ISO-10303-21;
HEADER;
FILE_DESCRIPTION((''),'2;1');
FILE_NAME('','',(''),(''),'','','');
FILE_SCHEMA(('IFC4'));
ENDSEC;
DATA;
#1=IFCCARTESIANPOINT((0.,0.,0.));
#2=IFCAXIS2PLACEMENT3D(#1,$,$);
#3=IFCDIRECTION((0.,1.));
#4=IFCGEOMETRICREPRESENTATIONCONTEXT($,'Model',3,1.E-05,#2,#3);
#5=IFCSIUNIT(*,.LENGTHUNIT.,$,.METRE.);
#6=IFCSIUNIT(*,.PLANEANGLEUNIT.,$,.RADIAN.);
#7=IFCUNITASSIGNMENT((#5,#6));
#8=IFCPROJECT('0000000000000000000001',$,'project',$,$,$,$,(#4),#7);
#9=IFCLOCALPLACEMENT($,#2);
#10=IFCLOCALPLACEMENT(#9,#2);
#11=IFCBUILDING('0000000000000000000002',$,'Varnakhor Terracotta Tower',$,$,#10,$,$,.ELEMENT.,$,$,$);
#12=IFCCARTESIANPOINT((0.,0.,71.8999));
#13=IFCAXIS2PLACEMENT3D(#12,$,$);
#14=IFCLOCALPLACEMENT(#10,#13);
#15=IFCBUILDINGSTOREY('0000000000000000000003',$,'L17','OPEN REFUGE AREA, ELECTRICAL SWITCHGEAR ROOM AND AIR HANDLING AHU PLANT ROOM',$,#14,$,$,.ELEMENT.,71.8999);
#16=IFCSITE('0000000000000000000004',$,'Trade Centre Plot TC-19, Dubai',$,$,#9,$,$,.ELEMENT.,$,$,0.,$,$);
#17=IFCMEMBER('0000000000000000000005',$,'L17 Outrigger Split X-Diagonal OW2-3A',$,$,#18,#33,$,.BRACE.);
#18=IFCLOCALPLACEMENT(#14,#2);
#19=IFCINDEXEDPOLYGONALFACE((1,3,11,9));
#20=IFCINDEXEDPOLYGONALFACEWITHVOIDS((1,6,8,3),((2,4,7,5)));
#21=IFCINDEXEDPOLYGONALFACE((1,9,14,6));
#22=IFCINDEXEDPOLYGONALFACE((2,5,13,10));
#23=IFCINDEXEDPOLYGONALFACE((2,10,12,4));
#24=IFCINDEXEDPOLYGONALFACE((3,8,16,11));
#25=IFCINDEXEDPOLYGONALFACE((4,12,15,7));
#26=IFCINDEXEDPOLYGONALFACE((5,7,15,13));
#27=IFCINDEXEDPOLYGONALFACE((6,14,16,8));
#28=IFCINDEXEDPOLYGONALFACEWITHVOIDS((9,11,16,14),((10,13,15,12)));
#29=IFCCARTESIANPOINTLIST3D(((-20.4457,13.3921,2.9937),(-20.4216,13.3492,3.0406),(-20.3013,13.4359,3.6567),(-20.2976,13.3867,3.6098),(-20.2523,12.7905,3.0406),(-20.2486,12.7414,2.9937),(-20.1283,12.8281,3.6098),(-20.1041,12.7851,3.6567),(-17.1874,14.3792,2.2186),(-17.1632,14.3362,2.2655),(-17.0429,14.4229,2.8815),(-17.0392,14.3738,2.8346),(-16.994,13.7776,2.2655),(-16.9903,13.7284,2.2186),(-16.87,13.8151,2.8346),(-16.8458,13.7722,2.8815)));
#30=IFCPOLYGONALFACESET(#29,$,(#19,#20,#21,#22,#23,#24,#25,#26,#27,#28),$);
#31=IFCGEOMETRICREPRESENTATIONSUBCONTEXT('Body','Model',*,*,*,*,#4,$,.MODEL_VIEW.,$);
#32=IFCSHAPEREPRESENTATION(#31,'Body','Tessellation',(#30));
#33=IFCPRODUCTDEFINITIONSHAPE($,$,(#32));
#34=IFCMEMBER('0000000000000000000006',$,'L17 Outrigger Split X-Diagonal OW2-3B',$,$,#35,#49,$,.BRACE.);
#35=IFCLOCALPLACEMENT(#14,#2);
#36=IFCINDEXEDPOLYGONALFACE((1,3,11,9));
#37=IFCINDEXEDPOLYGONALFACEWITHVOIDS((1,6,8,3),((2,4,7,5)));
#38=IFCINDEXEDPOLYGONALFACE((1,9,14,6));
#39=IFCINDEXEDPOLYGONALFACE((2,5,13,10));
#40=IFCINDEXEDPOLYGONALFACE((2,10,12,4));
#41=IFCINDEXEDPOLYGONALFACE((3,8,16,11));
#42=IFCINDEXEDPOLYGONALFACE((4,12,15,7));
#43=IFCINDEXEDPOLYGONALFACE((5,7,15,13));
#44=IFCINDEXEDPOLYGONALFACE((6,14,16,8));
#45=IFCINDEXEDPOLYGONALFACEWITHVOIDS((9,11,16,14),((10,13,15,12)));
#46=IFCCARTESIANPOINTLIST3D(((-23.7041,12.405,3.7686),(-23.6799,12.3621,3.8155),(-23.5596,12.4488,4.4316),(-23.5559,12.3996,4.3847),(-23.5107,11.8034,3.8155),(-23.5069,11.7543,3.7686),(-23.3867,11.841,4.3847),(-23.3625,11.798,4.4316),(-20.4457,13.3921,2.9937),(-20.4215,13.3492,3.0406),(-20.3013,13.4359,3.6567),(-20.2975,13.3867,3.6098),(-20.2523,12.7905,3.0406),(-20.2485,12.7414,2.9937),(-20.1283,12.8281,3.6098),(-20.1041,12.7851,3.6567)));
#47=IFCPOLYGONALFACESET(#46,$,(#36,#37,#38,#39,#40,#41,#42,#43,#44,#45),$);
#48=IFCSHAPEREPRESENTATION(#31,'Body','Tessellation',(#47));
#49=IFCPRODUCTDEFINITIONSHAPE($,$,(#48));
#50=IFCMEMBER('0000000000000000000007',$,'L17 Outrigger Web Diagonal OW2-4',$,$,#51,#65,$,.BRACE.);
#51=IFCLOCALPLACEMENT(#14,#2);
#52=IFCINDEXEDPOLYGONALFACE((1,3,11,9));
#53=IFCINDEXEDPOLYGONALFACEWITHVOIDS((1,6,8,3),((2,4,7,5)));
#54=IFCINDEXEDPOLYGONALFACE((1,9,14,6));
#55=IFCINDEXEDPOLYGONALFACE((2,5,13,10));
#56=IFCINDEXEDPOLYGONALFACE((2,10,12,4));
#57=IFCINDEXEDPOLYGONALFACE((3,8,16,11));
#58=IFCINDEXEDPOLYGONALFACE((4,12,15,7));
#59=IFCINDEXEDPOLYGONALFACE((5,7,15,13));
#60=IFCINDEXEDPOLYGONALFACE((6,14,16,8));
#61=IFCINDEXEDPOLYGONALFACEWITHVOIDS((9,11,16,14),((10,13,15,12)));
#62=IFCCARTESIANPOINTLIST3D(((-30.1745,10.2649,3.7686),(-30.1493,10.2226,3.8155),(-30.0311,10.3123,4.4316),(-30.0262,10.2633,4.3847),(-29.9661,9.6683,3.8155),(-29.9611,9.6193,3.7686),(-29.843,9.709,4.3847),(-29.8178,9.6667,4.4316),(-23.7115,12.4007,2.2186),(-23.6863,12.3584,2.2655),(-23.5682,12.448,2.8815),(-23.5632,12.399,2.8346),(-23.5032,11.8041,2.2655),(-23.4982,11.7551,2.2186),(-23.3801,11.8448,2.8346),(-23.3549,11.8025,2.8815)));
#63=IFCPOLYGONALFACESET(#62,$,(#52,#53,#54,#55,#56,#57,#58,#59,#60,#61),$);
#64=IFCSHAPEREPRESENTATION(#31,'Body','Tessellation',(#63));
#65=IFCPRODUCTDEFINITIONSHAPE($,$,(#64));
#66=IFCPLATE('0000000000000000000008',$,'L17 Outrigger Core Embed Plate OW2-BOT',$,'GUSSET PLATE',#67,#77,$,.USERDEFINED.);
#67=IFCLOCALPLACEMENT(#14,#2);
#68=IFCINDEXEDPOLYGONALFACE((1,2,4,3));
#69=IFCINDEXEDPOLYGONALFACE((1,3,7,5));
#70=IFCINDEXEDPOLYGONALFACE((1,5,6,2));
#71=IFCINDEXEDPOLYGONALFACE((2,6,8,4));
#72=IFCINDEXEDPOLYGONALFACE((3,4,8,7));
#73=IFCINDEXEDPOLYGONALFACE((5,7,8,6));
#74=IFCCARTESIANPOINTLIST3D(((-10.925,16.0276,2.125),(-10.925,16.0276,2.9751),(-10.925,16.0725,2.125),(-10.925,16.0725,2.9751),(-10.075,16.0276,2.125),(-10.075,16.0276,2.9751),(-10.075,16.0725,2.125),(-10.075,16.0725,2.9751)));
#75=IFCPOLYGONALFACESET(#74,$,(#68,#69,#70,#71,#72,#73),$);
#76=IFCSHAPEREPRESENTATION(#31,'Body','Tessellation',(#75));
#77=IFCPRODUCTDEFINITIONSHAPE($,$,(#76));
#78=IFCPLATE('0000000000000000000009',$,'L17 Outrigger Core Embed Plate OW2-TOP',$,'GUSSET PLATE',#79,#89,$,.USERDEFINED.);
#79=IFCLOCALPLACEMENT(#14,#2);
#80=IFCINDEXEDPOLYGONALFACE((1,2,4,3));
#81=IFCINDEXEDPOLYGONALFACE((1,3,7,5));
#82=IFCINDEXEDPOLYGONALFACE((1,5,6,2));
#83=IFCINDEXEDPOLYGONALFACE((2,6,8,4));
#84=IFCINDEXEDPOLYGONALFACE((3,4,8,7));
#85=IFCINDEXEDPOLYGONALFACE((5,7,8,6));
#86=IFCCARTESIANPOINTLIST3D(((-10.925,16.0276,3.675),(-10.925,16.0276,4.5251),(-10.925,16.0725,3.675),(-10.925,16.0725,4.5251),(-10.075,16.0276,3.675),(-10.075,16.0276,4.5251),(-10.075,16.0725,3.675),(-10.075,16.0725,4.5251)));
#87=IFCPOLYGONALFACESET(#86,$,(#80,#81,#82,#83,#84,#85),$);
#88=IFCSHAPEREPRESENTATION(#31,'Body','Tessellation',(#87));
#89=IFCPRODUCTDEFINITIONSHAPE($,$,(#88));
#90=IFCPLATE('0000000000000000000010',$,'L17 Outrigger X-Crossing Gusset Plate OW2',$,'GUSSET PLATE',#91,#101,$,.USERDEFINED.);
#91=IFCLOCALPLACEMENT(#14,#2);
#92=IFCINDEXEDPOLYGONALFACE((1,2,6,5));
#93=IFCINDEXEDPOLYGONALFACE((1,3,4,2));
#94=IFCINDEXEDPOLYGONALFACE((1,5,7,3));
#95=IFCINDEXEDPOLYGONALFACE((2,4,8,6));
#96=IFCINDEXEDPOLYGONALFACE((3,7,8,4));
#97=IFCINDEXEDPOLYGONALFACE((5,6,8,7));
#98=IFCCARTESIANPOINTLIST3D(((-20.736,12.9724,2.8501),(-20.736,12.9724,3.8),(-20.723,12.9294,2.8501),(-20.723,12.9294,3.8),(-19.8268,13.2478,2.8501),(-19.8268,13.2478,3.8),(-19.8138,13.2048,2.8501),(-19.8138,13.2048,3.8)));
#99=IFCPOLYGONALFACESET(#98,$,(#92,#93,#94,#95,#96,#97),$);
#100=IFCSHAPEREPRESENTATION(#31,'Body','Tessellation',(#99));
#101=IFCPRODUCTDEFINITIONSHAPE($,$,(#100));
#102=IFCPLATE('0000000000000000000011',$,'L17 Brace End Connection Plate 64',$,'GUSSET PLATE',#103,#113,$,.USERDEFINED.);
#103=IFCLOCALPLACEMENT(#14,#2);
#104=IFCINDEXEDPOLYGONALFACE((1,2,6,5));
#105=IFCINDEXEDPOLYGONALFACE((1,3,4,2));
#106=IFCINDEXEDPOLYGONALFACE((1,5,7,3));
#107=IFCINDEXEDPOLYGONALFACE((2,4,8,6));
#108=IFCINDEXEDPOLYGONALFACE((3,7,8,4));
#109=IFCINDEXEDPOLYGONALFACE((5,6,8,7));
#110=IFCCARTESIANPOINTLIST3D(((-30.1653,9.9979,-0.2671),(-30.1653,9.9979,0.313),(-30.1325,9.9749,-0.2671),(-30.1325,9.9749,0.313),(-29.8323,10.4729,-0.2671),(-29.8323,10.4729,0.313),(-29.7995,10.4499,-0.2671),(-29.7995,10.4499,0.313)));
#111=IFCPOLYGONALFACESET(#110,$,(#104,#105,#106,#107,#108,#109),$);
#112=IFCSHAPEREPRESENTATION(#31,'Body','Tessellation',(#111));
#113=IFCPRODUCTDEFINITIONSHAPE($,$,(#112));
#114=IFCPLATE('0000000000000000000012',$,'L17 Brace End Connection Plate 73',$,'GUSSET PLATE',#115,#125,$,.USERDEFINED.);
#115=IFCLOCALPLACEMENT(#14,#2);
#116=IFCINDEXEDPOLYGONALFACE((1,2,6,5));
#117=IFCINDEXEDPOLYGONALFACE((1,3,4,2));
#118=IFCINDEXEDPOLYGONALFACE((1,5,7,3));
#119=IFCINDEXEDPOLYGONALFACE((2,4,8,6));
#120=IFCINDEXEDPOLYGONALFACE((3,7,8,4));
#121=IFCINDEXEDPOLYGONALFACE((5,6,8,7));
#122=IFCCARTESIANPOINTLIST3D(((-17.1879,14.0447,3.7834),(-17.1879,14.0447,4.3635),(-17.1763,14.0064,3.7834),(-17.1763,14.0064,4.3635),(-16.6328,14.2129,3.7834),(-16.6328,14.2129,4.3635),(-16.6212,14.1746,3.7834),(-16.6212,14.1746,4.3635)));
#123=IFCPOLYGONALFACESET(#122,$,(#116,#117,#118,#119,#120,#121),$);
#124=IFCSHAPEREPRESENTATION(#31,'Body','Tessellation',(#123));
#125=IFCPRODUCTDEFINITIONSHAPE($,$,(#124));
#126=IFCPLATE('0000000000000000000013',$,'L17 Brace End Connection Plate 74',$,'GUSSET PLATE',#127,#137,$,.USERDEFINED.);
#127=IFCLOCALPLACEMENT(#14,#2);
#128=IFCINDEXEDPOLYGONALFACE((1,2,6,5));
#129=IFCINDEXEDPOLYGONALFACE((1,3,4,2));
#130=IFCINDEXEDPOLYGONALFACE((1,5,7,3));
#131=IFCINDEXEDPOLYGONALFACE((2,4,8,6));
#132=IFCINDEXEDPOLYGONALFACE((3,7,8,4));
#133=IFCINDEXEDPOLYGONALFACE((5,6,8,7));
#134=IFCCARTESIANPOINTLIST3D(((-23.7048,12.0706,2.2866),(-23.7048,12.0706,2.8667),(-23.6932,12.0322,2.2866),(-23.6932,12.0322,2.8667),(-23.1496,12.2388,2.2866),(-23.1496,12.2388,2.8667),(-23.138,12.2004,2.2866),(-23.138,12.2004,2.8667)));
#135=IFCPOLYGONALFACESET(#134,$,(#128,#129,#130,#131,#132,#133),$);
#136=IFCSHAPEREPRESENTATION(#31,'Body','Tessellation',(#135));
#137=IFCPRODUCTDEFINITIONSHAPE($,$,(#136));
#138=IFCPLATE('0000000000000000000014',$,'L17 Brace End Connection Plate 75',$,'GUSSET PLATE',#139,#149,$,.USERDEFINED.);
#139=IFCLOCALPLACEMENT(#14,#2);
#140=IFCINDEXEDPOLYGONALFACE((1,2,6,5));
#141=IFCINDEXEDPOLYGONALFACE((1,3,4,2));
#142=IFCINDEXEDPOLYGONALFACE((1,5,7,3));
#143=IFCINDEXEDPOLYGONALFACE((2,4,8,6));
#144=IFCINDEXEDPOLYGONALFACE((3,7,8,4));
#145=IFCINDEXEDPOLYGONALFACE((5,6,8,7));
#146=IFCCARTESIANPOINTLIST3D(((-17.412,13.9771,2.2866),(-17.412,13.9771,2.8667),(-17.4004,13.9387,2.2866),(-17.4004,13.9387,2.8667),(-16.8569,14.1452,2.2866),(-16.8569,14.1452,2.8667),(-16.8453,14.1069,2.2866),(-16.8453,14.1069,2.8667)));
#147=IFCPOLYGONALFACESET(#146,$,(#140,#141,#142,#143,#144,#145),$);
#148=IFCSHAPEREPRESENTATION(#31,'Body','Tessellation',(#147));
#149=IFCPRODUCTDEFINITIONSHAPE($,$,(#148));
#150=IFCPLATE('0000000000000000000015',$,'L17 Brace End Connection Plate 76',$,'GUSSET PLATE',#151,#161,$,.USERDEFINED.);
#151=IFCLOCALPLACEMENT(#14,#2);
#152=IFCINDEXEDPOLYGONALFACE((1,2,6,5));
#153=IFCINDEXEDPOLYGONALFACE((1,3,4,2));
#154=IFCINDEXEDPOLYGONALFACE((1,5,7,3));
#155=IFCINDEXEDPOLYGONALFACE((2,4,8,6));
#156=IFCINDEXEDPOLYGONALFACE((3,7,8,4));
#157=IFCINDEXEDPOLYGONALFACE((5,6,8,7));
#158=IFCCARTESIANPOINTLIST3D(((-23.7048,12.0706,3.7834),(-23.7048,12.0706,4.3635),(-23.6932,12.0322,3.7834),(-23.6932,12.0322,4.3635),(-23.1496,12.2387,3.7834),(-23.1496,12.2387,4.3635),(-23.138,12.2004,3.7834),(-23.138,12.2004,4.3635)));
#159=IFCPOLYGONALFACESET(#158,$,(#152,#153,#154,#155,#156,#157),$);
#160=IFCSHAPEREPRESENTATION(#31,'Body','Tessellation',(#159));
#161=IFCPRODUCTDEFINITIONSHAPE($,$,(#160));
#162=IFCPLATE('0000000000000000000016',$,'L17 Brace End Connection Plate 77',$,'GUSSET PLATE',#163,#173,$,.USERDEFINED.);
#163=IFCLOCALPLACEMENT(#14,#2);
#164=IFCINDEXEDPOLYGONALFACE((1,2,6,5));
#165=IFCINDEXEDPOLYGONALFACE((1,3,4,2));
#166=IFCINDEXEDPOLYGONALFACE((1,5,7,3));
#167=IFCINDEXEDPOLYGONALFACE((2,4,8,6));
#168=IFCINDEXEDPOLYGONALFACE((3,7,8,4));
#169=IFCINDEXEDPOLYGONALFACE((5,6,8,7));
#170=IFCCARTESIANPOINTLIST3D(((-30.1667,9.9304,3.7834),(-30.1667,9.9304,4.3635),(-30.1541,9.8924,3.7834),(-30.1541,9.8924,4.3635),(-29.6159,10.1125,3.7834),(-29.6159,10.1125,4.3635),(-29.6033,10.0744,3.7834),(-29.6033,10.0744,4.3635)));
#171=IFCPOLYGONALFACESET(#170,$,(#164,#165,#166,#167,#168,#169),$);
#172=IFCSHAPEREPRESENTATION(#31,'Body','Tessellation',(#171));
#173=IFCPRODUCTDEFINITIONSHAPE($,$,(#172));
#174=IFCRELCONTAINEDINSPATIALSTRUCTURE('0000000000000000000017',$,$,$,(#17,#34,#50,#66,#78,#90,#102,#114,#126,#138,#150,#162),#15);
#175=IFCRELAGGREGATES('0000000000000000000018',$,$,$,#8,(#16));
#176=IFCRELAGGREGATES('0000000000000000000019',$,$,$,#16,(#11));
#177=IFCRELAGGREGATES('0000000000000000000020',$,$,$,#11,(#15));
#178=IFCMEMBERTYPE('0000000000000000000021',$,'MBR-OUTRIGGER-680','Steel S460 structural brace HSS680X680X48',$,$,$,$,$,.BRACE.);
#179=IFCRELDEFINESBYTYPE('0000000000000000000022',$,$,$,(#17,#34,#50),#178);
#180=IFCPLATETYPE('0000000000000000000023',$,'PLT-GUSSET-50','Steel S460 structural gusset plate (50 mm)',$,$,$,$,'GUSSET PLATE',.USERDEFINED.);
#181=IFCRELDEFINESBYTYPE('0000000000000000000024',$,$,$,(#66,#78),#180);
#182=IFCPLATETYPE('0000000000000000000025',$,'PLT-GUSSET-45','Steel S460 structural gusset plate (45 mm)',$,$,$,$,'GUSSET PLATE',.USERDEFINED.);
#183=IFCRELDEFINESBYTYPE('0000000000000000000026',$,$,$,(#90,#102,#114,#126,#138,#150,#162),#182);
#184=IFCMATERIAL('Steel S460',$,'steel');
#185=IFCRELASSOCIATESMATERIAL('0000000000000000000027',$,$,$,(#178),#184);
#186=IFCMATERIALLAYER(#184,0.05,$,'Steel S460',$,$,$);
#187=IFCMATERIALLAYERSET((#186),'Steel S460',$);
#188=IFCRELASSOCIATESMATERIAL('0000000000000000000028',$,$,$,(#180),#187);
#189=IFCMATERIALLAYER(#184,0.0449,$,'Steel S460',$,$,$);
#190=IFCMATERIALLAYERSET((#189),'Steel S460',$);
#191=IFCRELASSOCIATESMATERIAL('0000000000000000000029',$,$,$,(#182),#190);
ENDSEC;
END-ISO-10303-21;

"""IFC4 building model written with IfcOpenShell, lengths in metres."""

from ifc_helpers import new_model, si_unit, direction, frame, origin, origin_2d, place, context, subcontext, project, spatial, rectangle, hollow_rectangle, extrude, source, transform, mapped, material, layer, layer_set, material_profile, profile_set, type_object, type_shapes, element, save


model = new_model("IFC4")

# Units and contexts
model_context = context("Model", 3, precision=1e-05, world=origin(), true_north=direction((0.0, 1.0)))
body_context = subcontext(model_context, "Body", "Model", "MODEL_VIEW")
ifc_project = project(units=[si_unit("LENGTHUNIT", "METRE"), si_unit("PLANEANGLEUNIT", "RADIAN")], contexts=[model_context])

# Site, building, storey
site_placement = place(None, origin())
site = spatial("IfcSite", under=ifc_project, at=site_placement, Name="Trade Centre Plot TC-19, Dubai", CompositionType="ELEMENT", RefElevation=0.0)
building_placement = place(site_placement, origin())
building = spatial("IfcBuilding", under=site, at=building_placement, Name="Varnakhor Terracotta Tower", CompositionType="ELEMENT")
storey_placement = place(building_placement, frame((0.0, 0.0, 71.8999)))
storey = spatial("IfcBuildingStorey", under=building, at=storey_placement, Name="L17", Description="OPEN REFUGE AREA, ELECTRICAL SWITCHGEAR ROOM AND AIR HANDLING AHU PLANT ROOM", CompositionType="ELEMENT", Elevation=71.8999)

# Shared definitions
ifc_material_1 = material(Name="Steel S460", Category="steel")

# Members
ifc_material_profile_1 = material_profile(ifc_material_1, hollow_rectangle(XDim=0.6799, YDim=0.6799, WallThickness=0.0481, at=origin_2d()), Name="HSS680X680X48")
ifc_profile_set_1 = profile_set([ifc_material_profile_1], Name="Steel S460")
member_type_1 = type_object("IfcMemberType", Name="MBR-OUTRIGGER-680", Description="Steel S460 structural brace HSS680X680X48", PredefinedType="BRACE", material=ifc_profile_set_1)
shared_shape_1 = source(origin(), body_context, "Body", "SweptSolid", [
    extrude(hollow_rectangle(XDim=0.6799, YDim=0.6799, WallThickness=0.0481, at=origin_2d()), origin(), (0.0, 0.0, 1.0), 3.4917),
])
for number, where, z_axis, x_axis, name in (
    (1, (-17.0166, 14.0757, 2.55), (-0.933168, -0.282691, 0.222), (0.289926, -0.957049, 0.0), "L17 Outrigger Split X-Diagonal OW2-3A"),
    (2, (-20.2749, 13.0886, 3.3252), (-0.933182, -0.282696, 0.221933), (0.289926, -0.957049, 0.0), "L17 Outrigger Split X-Diagonal OW2-3B"),
):
    element("IfcMember", number, at=place(storey_placement, frame(where, z_axis=z_axis, x_axis=x_axis)), inside=storey, type_object=member_type_1, Name=name, PredefinedType="BRACE", context=body_context, shape_type="MappedRepresentation", body=[
        mapped(shared_shape_1, transform((0.0, 0.0, 0.0), scale=1.0)),
    ])
shared_shape_2 = source(origin(), body_context, "Body", "SweptSolid", [
    extrude(hollow_rectangle(XDim=0.6799, YDim=0.6799, WallThickness=0.0481, at=origin_2d()), origin(), (0.0, 0.0, 1.0), 6.981),
])
member_1_placement = place(storey_placement, frame((-23.5332, 12.1016, 2.55), z_axis=(-0.925796, -0.305941, 0.222041), x_axis=(0.313773, -0.949498, 0.0)))
element("IfcMember", 3, at=member_1_placement, inside=storey, type_object=member_type_1, Name="L17 Outrigger Web Diagonal OW2-4", PredefinedType="BRACE", context=body_context, shape_type="MappedRepresentation", body=[
    mapped(shared_shape_2, transform((0.0, 0.0, 0.0), scale=1.0)),
])

# Plates
ifc_layer_1 = layer(ifc_material_1, 0.05, Name="Steel S460")
ifc_layer_set_1 = layer_set([ifc_layer_1], Name="Steel S460")
plate_type_1 = type_object("IfcPlateType", Name="PLT-GUSSET-50", Description="Steel S460 structural gusset plate (50 mm)", ElementType="GUSSET PLATE", PredefinedType="USERDEFINED", material=ifc_layer_set_1)
shared_shape_3 = source(origin(), body_context, "Body", "SweptSolid", [
    extrude(rectangle(XDim=0.8501, YDim=0.0449, at=origin_2d()), origin(), (0.0, 0.0, 1.0), 0.8501),
])
for number, where, z_axis, x_axis, name in (
    (4, (-10.5, 16.05, 2.125), (0.0, 0.0, 1.0), (1.0, 0.0, 0.0), "L17 Outrigger Core Embed Plate OW2-BOT"),
    (5, (-10.5, 16.05, 3.675), (0.0, 0.0, 1.0), (1.0, 0.0, 0.0), "L17 Outrigger Core Embed Plate OW2-TOP"),
):
    element("IfcPlate", number, at=place(storey_placement, frame(where, z_axis=z_axis, x_axis=x_axis)), inside=storey, type_object=plate_type_1, Name=name, ObjectType="GUSSET PLATE", PredefinedType="USERDEFINED", context=body_context, shape_type="MappedRepresentation", body=[
        mapped(shared_shape_3, transform((0.0, 0.0, 0.0), scale=1.0)),
    ])
ifc_layer_2 = layer(ifc_material_1, 0.0449, Name="Steel S460")
ifc_layer_set_2 = layer_set([ifc_layer_2], Name="Steel S460")
plate_type_2 = type_object("IfcPlateType", Name="PLT-GUSSET-45", Description="Steel S460 structural gusset plate (45 mm)", ElementType="GUSSET PLATE", PredefinedType="USERDEFINED", material=ifc_layer_set_2)
shared_shape_4 = source(origin(), body_context, "Body", "SweptSolid", [
    extrude(rectangle(XDim=0.95, YDim=0.0449, at=origin_2d()), origin(), (0.0, 0.0, 1.0), 0.95),
])
type_shapes(plate_type_2, [shared_shape_4])
plate_placement = place(storey_placement, frame((-20.2749, 13.0886, 2.8501), z_axis=(0.0, 0.0, 1.0), x_axis=(-0.957047, -0.289934, 0.0)))
element("IfcPlate", 6, at=plate_placement, inside=storey, type_object=plate_type_2, Name="L17 Outrigger X-Crossing Gusset Plate OW2", ObjectType="GUSSET PLATE", PredefinedType="USERDEFINED", context=body_context, shape_type="MappedRepresentation", body=[
    mapped(shared_shape_4, transform((0.0, 0.0, 0.0), scale=1.0)),
])
shared_shape_5 = source(origin(), body_context, "Body", "SweptSolid", [
    extrude(rectangle(XDim=0.5801, YDim=0.04, at=origin_2d()), origin(), (0.0, 0.0, 1.0), 0.5801),
])
for number, where, z_axis, x_axis, name in (
    (7, (-29.9824, 10.2239, -0.2671), (0.0, 0.0, 1.0), (0.574034, 0.818832, 0.0), "L17 Brace End Connection Plate 64"),
    (8, (-16.9045, 14.1096, 3.7834), (0.0, 0.0, 1.0), (-0.957047, -0.289934, 0.0), "L17 Brace End Connection Plate 73"),
    (9, (-23.4214, 12.1355, 2.2866), (0.0, 0.0, 1.0), (-0.957042, -0.289951, 0.0), "L17 Brace End Connection Plate 74"),
    (10, (-17.1287, 14.042, 2.2866), (0.0, 0.0, 1.0), (-0.957042, -0.289951, 0.0), "L17 Brace End Connection Plate 75"),
    (11, (-23.4214, 12.1355, 3.7834), (0.0, 0.0, 1.0), (-0.957047, -0.289934, 0.0), "L17 Brace End Connection Plate 76"),
    (12, (-29.885, 10.0024, 3.7834), (0.0, 0.0, 1.0), (-0.949502, -0.31376, 0.0), "L17 Brace End Connection Plate 77"),
):
    element("IfcPlate", number, at=place(storey_placement, frame(where, z_axis=z_axis, x_axis=x_axis)), inside=storey, type_object=plate_type_2, Name=name, ObjectType="GUSSET PLATE", PredefinedType="USERDEFINED", context=body_context, shape_type="MappedRepresentation", body=[
        mapped(shared_shape_5, transform((0.0, 0.0, 0.0), scale=1.0)),
    ])

save(model, "model.ifc")
